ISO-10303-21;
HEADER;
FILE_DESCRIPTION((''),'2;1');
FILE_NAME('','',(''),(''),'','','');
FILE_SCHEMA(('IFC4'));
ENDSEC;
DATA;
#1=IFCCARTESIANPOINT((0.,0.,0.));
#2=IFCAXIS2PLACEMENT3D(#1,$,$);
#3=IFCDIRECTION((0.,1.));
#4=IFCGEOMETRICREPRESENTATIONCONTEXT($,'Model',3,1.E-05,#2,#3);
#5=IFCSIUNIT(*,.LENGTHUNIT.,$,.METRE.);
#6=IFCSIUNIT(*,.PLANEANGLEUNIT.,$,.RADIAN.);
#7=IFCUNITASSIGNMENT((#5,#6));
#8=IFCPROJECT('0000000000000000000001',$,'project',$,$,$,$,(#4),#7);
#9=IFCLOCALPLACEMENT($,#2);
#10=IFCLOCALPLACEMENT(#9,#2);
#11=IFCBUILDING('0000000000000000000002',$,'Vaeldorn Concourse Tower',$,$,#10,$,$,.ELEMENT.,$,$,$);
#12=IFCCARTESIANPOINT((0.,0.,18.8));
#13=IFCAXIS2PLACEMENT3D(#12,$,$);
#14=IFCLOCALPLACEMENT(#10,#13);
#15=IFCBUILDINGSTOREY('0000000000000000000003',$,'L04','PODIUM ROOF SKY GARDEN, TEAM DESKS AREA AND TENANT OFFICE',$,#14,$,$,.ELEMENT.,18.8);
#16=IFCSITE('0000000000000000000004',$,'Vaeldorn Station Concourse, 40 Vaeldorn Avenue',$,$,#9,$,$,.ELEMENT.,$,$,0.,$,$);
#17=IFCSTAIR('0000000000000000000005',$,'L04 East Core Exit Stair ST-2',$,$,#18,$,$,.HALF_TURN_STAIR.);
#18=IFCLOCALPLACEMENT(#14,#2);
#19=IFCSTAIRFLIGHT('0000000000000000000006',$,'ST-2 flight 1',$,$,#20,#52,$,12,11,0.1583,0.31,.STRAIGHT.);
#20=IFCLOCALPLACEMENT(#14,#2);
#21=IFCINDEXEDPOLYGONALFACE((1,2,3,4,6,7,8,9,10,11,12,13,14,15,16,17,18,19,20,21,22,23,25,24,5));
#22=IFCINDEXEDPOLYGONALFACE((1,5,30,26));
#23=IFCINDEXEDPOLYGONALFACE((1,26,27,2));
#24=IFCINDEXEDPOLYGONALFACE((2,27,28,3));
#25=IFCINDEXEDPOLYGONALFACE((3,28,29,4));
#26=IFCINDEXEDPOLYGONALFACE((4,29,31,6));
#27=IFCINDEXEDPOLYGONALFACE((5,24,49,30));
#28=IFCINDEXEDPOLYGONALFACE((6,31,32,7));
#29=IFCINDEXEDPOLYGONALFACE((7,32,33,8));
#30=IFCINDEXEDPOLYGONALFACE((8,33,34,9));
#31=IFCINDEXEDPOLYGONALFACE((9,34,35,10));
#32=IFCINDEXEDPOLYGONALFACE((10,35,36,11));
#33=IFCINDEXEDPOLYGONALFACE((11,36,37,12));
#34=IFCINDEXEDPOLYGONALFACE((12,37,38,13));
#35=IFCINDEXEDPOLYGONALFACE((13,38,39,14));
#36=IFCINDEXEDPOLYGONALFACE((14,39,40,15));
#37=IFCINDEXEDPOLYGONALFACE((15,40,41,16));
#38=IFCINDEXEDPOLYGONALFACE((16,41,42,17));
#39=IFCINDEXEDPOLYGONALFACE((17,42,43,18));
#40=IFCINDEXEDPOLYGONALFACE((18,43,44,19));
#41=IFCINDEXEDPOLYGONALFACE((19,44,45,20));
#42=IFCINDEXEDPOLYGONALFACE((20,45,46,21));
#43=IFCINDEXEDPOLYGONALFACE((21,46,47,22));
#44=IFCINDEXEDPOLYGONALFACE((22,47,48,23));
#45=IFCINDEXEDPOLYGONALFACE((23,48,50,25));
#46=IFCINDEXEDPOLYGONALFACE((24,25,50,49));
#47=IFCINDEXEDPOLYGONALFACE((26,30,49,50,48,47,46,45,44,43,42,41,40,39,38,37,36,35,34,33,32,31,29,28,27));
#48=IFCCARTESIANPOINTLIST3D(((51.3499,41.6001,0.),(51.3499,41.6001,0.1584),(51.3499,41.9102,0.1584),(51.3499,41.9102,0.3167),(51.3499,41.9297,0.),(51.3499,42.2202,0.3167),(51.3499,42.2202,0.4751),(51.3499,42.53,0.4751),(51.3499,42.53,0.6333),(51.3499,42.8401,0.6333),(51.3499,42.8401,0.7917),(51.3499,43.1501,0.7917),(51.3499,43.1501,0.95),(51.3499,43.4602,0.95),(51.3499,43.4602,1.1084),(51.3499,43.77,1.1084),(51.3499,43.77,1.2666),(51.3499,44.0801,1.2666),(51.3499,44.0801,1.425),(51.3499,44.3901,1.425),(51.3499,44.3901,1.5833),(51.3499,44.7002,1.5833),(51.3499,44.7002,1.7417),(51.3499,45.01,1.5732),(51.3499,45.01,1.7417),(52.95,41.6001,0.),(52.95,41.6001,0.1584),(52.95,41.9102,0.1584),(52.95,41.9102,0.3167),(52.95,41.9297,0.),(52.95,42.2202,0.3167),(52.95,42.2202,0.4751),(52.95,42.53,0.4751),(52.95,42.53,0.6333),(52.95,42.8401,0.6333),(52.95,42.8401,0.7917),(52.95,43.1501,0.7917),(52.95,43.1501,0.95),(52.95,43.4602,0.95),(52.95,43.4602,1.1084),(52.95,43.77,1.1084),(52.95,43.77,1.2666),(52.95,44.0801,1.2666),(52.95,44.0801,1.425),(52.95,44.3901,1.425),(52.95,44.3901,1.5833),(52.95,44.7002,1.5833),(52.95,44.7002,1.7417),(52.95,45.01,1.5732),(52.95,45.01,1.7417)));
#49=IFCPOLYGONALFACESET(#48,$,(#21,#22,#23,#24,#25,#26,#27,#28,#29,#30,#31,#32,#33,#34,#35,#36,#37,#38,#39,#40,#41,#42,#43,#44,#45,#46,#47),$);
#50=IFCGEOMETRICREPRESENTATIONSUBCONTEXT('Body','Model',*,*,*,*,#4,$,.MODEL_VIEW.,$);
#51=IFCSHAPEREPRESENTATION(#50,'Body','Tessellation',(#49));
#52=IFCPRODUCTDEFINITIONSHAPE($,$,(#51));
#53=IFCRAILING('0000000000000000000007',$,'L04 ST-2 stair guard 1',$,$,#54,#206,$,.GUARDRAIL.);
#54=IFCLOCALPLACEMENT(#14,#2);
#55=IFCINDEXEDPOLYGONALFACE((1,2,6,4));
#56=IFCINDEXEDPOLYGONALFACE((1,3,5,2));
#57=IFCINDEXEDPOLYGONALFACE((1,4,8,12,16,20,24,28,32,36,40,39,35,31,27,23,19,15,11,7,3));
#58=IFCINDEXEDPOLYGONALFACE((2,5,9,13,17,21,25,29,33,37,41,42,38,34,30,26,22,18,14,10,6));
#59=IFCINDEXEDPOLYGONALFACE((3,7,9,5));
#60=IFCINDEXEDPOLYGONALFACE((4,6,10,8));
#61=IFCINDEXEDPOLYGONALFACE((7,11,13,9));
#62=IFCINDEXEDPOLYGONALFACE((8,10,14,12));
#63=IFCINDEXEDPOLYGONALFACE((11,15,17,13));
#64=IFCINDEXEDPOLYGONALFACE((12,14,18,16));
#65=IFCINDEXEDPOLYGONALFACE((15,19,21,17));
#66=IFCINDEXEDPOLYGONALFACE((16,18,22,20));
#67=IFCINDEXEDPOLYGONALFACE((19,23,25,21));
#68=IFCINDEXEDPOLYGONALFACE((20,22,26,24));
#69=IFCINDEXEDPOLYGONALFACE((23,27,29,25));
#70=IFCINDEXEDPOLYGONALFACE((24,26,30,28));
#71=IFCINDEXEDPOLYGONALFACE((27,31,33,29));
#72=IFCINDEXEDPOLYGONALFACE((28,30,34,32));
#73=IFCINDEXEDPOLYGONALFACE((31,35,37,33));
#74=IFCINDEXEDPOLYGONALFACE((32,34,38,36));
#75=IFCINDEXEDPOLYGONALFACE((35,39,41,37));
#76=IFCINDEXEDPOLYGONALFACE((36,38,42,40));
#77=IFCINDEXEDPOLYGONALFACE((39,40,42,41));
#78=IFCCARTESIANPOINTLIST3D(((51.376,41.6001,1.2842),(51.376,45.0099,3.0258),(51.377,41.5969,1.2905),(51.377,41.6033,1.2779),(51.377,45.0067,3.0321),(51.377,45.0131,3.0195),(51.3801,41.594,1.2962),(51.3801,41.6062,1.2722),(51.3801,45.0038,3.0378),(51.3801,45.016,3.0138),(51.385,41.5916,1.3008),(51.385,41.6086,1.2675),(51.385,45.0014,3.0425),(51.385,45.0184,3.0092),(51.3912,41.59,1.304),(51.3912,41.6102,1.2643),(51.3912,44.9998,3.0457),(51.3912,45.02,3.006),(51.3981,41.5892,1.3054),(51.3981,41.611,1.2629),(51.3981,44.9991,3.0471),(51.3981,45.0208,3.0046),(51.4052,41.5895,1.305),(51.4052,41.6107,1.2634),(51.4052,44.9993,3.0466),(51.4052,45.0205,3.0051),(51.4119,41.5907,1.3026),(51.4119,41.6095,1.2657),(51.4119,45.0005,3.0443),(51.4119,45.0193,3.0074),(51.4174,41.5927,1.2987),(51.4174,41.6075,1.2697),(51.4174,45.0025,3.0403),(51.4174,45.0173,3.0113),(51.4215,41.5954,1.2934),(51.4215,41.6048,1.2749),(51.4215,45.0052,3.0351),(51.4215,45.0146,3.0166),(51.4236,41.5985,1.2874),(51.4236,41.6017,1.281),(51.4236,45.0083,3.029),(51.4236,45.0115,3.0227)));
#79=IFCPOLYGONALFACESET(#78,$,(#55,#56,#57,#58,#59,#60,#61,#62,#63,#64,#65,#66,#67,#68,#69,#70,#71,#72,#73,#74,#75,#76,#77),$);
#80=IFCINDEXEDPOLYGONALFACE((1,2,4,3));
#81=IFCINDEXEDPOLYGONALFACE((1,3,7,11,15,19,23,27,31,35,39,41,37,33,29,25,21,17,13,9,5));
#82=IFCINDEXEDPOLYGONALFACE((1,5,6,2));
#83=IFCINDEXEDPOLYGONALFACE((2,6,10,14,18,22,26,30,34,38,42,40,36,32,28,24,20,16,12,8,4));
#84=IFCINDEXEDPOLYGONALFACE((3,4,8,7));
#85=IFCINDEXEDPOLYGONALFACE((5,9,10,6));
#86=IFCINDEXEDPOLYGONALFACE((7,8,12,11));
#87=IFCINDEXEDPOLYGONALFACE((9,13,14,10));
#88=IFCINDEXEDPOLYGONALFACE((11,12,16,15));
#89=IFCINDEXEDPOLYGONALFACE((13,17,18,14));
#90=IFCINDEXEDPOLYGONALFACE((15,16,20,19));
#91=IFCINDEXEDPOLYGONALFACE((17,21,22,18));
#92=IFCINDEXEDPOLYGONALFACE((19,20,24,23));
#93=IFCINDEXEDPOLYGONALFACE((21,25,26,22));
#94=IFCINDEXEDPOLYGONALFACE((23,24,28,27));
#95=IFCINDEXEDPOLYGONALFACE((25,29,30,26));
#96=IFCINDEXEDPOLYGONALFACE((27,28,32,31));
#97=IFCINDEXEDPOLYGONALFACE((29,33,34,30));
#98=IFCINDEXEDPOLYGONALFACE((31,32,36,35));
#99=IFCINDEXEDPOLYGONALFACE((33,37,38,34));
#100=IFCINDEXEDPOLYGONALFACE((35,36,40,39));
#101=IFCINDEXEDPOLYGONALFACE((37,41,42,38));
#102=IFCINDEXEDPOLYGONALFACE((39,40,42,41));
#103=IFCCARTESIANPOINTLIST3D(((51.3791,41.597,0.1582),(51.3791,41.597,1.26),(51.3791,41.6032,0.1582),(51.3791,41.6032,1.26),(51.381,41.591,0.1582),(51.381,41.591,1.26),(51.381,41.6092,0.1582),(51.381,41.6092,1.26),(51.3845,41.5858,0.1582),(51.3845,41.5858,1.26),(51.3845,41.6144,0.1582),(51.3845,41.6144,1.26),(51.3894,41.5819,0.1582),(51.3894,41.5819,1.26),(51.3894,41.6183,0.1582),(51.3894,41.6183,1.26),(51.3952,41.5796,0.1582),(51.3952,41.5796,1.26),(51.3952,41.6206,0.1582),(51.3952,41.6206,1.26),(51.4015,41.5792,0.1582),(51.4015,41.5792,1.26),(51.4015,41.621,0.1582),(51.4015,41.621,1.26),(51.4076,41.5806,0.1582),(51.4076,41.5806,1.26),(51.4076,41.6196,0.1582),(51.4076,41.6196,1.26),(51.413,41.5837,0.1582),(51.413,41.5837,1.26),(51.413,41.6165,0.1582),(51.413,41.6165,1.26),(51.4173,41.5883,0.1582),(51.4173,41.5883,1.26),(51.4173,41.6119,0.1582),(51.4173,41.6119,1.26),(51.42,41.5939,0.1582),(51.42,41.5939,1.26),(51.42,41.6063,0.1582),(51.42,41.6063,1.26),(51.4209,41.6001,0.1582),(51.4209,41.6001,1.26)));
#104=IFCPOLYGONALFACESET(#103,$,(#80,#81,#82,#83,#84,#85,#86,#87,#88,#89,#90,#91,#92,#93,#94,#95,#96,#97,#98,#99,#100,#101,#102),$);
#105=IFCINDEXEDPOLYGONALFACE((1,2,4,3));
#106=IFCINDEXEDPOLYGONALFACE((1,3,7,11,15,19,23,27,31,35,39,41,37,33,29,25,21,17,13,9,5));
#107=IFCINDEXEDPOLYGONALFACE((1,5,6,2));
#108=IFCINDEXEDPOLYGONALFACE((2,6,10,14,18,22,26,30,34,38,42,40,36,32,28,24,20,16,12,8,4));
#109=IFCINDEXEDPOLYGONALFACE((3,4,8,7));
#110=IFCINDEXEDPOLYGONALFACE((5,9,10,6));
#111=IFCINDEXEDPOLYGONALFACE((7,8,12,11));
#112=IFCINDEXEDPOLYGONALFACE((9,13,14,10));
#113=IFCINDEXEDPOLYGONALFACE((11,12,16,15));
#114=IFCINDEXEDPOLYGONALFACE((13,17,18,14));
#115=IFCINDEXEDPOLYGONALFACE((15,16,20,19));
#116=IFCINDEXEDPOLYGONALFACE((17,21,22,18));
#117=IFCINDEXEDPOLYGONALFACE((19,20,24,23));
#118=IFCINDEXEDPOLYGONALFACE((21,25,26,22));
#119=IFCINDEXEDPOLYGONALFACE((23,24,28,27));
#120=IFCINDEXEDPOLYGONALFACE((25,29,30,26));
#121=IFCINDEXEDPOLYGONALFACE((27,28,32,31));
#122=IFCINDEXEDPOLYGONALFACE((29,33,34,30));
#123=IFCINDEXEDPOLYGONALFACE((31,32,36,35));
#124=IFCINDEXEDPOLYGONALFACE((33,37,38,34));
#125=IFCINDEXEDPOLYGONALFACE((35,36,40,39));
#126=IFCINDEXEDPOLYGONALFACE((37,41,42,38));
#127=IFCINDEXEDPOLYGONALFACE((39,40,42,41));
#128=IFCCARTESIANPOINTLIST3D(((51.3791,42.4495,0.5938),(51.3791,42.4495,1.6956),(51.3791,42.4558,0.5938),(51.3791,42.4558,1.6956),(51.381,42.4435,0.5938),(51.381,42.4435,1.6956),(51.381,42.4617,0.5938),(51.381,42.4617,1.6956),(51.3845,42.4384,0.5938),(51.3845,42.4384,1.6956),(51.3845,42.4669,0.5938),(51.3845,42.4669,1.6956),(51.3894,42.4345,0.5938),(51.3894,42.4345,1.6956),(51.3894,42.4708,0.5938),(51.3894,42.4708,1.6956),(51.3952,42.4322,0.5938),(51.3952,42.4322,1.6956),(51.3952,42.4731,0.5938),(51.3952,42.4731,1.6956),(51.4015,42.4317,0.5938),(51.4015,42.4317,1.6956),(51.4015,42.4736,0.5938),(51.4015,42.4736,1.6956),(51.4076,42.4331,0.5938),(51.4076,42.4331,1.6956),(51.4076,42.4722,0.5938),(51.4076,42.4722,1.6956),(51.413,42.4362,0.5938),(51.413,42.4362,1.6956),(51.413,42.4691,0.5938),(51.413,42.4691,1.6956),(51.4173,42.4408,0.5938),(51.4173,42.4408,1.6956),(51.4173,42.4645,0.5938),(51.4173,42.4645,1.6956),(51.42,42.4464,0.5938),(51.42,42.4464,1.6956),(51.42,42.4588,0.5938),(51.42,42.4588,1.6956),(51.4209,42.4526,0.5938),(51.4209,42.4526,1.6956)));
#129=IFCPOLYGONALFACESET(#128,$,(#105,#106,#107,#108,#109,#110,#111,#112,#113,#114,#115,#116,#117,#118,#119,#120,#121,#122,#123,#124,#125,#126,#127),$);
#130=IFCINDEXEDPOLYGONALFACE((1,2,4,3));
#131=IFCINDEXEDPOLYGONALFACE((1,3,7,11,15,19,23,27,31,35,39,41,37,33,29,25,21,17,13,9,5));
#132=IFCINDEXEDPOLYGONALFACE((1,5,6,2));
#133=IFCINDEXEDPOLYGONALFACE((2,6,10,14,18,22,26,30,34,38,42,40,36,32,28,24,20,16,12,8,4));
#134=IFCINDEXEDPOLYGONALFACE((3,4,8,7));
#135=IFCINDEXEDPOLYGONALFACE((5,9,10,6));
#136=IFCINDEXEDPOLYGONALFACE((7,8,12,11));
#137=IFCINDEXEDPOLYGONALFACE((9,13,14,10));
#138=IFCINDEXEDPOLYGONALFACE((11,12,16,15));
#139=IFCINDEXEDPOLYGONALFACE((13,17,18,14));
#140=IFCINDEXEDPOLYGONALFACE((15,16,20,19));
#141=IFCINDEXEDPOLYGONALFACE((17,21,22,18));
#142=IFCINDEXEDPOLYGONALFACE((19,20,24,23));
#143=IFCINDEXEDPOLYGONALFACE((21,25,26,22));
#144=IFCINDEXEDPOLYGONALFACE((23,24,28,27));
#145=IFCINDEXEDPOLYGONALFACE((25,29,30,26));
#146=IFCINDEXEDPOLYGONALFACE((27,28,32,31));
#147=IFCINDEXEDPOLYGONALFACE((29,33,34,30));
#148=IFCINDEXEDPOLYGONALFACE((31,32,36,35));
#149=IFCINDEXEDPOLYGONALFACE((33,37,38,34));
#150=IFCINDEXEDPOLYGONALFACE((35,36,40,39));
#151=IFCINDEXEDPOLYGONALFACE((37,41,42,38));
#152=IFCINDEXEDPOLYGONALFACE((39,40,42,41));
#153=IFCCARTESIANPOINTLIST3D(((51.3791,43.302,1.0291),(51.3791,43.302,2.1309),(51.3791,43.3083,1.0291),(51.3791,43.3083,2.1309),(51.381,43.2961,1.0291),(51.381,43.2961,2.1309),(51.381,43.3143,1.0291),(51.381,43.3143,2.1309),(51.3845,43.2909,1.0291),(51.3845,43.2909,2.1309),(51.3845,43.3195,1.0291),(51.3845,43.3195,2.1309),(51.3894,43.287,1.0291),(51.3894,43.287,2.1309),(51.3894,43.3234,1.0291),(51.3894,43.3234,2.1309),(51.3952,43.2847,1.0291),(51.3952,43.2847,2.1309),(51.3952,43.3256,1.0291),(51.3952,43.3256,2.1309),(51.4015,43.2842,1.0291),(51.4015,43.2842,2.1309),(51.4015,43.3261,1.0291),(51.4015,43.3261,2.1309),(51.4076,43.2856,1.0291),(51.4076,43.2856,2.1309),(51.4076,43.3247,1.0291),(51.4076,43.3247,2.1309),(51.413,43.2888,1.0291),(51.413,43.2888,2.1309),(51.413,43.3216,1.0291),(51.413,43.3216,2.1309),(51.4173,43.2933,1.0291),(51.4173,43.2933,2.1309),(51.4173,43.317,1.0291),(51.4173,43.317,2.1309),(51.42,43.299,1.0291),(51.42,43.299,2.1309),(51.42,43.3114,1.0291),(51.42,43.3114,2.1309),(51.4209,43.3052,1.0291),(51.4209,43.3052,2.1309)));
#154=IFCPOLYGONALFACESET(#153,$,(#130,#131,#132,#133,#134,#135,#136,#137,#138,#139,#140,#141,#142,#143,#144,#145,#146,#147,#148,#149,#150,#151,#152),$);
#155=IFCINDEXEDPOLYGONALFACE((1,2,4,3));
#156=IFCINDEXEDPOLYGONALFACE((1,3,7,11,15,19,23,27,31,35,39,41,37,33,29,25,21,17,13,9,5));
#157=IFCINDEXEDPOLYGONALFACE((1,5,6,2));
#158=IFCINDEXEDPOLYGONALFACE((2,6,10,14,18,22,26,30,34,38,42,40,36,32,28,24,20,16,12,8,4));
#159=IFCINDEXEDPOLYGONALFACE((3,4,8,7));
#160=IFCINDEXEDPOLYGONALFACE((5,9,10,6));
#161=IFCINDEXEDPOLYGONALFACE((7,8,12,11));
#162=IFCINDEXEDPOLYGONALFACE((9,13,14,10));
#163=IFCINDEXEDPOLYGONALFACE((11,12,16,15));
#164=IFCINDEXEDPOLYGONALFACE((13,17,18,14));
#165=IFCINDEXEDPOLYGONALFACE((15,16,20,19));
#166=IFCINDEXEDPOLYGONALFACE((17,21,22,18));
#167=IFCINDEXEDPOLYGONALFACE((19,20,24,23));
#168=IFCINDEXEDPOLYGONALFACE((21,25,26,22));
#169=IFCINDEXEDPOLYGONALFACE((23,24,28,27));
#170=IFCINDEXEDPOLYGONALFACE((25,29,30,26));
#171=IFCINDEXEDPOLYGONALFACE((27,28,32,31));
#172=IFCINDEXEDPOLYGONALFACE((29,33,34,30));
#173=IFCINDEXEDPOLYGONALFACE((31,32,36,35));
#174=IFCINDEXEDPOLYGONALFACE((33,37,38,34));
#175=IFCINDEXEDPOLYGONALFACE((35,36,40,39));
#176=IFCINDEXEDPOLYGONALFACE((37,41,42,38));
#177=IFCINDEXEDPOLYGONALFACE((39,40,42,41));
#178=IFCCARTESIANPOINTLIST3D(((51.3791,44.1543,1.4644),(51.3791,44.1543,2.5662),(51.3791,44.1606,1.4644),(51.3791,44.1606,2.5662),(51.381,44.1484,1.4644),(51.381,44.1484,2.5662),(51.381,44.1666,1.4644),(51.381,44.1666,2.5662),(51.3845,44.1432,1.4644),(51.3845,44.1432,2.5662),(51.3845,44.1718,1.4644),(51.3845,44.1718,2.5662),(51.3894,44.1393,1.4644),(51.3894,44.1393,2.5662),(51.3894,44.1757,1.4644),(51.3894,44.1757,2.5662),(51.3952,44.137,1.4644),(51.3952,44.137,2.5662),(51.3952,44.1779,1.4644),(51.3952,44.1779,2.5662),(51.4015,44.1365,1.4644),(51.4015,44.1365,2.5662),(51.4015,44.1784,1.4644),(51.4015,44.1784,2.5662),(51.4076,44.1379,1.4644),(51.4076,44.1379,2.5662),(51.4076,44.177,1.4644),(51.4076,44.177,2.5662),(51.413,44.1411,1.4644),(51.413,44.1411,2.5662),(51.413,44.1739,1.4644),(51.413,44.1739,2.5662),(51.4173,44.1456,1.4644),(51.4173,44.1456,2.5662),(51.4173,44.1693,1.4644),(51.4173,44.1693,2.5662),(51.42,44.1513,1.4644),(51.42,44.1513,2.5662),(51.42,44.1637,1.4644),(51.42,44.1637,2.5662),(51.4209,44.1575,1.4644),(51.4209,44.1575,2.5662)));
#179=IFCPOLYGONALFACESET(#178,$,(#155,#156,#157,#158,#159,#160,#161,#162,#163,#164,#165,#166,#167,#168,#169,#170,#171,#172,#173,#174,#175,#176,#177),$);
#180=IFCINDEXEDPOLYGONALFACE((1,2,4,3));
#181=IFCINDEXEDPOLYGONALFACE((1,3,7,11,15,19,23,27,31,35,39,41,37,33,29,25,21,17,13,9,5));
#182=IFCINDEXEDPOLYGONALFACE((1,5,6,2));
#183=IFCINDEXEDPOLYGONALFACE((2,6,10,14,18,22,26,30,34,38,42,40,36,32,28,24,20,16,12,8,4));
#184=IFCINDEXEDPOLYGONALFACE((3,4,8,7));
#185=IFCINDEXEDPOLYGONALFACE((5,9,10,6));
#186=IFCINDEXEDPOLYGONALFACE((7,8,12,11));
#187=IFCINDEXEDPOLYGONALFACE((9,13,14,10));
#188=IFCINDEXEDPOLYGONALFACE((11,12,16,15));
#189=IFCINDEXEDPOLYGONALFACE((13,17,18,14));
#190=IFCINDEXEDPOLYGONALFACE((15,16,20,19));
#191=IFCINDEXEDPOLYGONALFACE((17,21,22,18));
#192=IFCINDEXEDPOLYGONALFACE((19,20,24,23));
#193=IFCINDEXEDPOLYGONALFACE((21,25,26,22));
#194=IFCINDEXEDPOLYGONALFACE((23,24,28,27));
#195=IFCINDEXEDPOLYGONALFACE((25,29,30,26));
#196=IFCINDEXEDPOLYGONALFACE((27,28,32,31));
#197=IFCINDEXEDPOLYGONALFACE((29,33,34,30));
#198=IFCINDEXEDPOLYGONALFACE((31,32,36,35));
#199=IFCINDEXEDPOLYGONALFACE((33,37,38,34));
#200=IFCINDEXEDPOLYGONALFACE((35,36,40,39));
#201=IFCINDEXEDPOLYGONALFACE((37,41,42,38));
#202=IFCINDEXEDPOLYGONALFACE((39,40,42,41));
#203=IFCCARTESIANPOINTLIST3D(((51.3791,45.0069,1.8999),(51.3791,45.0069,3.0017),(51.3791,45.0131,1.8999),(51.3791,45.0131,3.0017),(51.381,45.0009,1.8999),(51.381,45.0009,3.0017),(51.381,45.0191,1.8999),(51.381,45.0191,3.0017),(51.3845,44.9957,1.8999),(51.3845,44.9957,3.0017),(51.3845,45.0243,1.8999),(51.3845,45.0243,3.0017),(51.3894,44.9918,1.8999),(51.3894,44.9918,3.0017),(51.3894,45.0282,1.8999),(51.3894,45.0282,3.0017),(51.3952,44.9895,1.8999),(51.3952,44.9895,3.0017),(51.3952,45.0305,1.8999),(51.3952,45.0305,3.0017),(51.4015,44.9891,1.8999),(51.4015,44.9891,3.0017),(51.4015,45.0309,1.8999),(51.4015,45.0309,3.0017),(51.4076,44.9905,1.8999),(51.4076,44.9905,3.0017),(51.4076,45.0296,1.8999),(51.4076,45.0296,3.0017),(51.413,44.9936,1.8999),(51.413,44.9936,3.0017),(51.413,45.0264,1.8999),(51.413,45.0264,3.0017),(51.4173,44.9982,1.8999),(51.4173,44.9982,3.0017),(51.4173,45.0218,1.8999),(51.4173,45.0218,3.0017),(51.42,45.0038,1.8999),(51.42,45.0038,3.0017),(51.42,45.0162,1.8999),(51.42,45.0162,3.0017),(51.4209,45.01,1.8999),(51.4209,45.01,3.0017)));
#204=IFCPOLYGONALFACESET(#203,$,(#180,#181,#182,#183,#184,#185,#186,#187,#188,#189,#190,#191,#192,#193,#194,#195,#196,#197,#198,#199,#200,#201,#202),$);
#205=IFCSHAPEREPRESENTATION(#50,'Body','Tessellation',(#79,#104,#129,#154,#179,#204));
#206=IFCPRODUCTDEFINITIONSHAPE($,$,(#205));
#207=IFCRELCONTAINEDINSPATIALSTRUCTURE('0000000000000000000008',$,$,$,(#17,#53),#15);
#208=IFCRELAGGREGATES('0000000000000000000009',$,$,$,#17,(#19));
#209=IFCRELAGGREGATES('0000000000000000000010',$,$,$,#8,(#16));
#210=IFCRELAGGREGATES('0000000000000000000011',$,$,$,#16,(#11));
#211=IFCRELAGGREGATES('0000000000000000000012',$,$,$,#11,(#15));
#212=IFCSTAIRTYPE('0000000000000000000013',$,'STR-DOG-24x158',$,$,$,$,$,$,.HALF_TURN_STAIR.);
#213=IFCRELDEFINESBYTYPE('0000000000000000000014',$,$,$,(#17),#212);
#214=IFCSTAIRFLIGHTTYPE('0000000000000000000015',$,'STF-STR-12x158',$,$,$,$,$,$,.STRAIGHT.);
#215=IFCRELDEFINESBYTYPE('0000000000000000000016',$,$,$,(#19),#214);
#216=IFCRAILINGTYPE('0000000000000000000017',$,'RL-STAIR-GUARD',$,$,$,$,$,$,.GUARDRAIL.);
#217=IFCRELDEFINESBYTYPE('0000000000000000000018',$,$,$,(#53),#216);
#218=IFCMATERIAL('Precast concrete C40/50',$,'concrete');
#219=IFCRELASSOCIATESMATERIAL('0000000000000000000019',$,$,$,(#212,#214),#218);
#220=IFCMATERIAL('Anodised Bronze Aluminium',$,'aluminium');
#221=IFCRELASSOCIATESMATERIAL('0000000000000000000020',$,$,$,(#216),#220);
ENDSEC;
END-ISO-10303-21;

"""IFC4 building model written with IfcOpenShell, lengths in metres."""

from ifc_helpers import new_model, si_unit, direction, frame, origin, origin_2d, place, context, subcontext, project, spatial, polyline, circle, outline, extrude, material, type_object, element, aggregate, save


model = new_model("IFC4")

# Units and contexts
model_context = context("Model", 3, precision=1e-05, world=origin(), true_north=direction((0.0, 1.0)))
body_context = subcontext(model_context, "Body", "Model", "MODEL_VIEW")
ifc_project = project(units=[si_unit("LENGTHUNIT", "METRE"), si_unit("PLANEANGLEUNIT", "RADIAN")], contexts=[model_context])

# Site, building, storey
site_placement = place(None, origin())
site = spatial("IfcSite", under=ifc_project, at=site_placement, Name="Vaeldorn Station Concourse, 40 Vaeldorn Avenue", CompositionType="ELEMENT", RefElevation=0.0)
building_placement = place(site_placement, origin())
building = spatial("IfcBuilding", under=site, at=building_placement, Name="Vaeldorn Concourse Tower", CompositionType="ELEMENT")
storey_placement = place(building_placement, frame((0.0, 0.0, 18.8)))
storey = spatial("IfcBuildingStorey", under=building, at=storey_placement, Name="L04", Description="PODIUM ROOF SKY GARDEN, TEAM DESKS AREA AND TENANT OFFICE", CompositionType="ELEMENT", Elevation=18.8)

# Shared definitions
ifc_material_1 = material(Name="Anodised Bronze Aluminium", Category="aluminium")

# Stair, stair flight
ifc_material_2 = material(Name="Precast concrete C40/50", Category="concrete")
stair_type = type_object("IfcStairType", Name="STR-DOG-24x158", PredefinedType="HALF_TURN_STAIR", material=ifc_material_2)
stair_placement = place(storey_placement, origin())
stair = element("IfcStair", 1, at=stair_placement, inside=storey, type_object=stair_type, Name="L04 East Core Exit Stair ST-2", PredefinedType="HALF_TURN_STAIR")
stair_flight_type = type_object("IfcStairFlightType", Name="STF-STR-12x158", PredefinedType="STRAIGHT", material=ifc_material_2)
stair_flight_placement = place(storey_placement, frame((52.1499, 41.6001, 0.0), z_axis=(0.0, 0.0, 1.0), x_axis=(0.0, 1.0, 0.0)))
stair_flight = element("IfcStairFlight", 2, at=stair_flight_placement, type_object=stair_flight_type, Name="ST-2 flight 1", NumberOfRisers=12, NumberOfTreads=11, PredefinedType="STRAIGHT", RiserHeight=0.1583, TreadLength=0.31, context=body_context, shape_type="SweptSolid", body=[
    extrude(outline(polyline([(0.0, 0.0), (0.0, 0.1584), (0.3101, 0.1584), (0.3101, 0.3167), (0.6201, 0.3167), (0.6201, 0.4751), (0.9299, 0.4751), (0.9299, 0.6333), (1.24, 0.6333), (1.24, 0.7917), (1.55, 0.7917), (1.55, 0.95), (1.8601, 0.95), (1.8601, 1.1084), (2.1699, 1.1084), (2.1699, 1.2666), (2.48, 1.2666), (2.48, 1.425), (2.79, 1.425), (2.79, 1.5833), (3.1001, 1.5833), (3.1001, 1.7417), (3.4099, 1.7417), (3.4099, 1.8999), (3.4099, 1.5732), (0.3296, 0.0), (0.0, 0.0)])), frame((0.0, 0.8, 0.0), z_axis=(0.0, -1.0, 0.0), x_axis=(1.0, 0.0, 0.0)), (0.0, 0.0, 1.0), 1.6001),
])
aggregate(stair, [stair_flight])

# Railing
railing_type_1 = type_object("IfcRailingType", Name="RL-STAIR-GUARD", PredefinedType="GUARDRAIL", material=ifc_material_1)
railing_1_placement = place(storey_placement, frame((51.3999, 41.6001, 0.1582)))
element("IfcRailing", 3, at=railing_1_placement, inside=storey, type_object=railing_type_1, Name="L04 ST-2 stair guard 1", PredefinedType="GUARDRAIL", context=body_context, shape_type="SweptSolid", body=[
    extrude(circle(Radius=0.0239, at=origin_2d()), frame((0.0, 0.0, 1.126), z_axis=(0.0, 0.890556, 0.454874), x_axis=(-1.0, 0.0, 0.0)), (0.0, 0.0, 1.0), 3.8289),
    extrude(circle(Radius=0.021, at=origin_2d()), origin(), (0.0, 0.0, 1.0), 1.1018),
    extrude(circle(Radius=0.021, at=origin_2d()), frame((0.0, 0.8525, 0.4355)), (0.0, 0.0, 1.0), 1.1018),
    extrude(circle(Radius=0.021, at=origin_2d()), frame((0.0, 1.7051, 0.8708)), (0.0, 0.0, 1.0), 1.1018),
    extrude(circle(Radius=0.021, at=origin_2d()), frame((0.0, 2.5574, 1.3062)), (0.0, 0.0, 1.0), 1.1018),
    extrude(circle(Radius=0.021, at=origin_2d()), frame((0.0, 3.4099, 1.7417)), (0.0, 0.0, 1.0), 1.1018),
])

save(model, "model.ifc")
